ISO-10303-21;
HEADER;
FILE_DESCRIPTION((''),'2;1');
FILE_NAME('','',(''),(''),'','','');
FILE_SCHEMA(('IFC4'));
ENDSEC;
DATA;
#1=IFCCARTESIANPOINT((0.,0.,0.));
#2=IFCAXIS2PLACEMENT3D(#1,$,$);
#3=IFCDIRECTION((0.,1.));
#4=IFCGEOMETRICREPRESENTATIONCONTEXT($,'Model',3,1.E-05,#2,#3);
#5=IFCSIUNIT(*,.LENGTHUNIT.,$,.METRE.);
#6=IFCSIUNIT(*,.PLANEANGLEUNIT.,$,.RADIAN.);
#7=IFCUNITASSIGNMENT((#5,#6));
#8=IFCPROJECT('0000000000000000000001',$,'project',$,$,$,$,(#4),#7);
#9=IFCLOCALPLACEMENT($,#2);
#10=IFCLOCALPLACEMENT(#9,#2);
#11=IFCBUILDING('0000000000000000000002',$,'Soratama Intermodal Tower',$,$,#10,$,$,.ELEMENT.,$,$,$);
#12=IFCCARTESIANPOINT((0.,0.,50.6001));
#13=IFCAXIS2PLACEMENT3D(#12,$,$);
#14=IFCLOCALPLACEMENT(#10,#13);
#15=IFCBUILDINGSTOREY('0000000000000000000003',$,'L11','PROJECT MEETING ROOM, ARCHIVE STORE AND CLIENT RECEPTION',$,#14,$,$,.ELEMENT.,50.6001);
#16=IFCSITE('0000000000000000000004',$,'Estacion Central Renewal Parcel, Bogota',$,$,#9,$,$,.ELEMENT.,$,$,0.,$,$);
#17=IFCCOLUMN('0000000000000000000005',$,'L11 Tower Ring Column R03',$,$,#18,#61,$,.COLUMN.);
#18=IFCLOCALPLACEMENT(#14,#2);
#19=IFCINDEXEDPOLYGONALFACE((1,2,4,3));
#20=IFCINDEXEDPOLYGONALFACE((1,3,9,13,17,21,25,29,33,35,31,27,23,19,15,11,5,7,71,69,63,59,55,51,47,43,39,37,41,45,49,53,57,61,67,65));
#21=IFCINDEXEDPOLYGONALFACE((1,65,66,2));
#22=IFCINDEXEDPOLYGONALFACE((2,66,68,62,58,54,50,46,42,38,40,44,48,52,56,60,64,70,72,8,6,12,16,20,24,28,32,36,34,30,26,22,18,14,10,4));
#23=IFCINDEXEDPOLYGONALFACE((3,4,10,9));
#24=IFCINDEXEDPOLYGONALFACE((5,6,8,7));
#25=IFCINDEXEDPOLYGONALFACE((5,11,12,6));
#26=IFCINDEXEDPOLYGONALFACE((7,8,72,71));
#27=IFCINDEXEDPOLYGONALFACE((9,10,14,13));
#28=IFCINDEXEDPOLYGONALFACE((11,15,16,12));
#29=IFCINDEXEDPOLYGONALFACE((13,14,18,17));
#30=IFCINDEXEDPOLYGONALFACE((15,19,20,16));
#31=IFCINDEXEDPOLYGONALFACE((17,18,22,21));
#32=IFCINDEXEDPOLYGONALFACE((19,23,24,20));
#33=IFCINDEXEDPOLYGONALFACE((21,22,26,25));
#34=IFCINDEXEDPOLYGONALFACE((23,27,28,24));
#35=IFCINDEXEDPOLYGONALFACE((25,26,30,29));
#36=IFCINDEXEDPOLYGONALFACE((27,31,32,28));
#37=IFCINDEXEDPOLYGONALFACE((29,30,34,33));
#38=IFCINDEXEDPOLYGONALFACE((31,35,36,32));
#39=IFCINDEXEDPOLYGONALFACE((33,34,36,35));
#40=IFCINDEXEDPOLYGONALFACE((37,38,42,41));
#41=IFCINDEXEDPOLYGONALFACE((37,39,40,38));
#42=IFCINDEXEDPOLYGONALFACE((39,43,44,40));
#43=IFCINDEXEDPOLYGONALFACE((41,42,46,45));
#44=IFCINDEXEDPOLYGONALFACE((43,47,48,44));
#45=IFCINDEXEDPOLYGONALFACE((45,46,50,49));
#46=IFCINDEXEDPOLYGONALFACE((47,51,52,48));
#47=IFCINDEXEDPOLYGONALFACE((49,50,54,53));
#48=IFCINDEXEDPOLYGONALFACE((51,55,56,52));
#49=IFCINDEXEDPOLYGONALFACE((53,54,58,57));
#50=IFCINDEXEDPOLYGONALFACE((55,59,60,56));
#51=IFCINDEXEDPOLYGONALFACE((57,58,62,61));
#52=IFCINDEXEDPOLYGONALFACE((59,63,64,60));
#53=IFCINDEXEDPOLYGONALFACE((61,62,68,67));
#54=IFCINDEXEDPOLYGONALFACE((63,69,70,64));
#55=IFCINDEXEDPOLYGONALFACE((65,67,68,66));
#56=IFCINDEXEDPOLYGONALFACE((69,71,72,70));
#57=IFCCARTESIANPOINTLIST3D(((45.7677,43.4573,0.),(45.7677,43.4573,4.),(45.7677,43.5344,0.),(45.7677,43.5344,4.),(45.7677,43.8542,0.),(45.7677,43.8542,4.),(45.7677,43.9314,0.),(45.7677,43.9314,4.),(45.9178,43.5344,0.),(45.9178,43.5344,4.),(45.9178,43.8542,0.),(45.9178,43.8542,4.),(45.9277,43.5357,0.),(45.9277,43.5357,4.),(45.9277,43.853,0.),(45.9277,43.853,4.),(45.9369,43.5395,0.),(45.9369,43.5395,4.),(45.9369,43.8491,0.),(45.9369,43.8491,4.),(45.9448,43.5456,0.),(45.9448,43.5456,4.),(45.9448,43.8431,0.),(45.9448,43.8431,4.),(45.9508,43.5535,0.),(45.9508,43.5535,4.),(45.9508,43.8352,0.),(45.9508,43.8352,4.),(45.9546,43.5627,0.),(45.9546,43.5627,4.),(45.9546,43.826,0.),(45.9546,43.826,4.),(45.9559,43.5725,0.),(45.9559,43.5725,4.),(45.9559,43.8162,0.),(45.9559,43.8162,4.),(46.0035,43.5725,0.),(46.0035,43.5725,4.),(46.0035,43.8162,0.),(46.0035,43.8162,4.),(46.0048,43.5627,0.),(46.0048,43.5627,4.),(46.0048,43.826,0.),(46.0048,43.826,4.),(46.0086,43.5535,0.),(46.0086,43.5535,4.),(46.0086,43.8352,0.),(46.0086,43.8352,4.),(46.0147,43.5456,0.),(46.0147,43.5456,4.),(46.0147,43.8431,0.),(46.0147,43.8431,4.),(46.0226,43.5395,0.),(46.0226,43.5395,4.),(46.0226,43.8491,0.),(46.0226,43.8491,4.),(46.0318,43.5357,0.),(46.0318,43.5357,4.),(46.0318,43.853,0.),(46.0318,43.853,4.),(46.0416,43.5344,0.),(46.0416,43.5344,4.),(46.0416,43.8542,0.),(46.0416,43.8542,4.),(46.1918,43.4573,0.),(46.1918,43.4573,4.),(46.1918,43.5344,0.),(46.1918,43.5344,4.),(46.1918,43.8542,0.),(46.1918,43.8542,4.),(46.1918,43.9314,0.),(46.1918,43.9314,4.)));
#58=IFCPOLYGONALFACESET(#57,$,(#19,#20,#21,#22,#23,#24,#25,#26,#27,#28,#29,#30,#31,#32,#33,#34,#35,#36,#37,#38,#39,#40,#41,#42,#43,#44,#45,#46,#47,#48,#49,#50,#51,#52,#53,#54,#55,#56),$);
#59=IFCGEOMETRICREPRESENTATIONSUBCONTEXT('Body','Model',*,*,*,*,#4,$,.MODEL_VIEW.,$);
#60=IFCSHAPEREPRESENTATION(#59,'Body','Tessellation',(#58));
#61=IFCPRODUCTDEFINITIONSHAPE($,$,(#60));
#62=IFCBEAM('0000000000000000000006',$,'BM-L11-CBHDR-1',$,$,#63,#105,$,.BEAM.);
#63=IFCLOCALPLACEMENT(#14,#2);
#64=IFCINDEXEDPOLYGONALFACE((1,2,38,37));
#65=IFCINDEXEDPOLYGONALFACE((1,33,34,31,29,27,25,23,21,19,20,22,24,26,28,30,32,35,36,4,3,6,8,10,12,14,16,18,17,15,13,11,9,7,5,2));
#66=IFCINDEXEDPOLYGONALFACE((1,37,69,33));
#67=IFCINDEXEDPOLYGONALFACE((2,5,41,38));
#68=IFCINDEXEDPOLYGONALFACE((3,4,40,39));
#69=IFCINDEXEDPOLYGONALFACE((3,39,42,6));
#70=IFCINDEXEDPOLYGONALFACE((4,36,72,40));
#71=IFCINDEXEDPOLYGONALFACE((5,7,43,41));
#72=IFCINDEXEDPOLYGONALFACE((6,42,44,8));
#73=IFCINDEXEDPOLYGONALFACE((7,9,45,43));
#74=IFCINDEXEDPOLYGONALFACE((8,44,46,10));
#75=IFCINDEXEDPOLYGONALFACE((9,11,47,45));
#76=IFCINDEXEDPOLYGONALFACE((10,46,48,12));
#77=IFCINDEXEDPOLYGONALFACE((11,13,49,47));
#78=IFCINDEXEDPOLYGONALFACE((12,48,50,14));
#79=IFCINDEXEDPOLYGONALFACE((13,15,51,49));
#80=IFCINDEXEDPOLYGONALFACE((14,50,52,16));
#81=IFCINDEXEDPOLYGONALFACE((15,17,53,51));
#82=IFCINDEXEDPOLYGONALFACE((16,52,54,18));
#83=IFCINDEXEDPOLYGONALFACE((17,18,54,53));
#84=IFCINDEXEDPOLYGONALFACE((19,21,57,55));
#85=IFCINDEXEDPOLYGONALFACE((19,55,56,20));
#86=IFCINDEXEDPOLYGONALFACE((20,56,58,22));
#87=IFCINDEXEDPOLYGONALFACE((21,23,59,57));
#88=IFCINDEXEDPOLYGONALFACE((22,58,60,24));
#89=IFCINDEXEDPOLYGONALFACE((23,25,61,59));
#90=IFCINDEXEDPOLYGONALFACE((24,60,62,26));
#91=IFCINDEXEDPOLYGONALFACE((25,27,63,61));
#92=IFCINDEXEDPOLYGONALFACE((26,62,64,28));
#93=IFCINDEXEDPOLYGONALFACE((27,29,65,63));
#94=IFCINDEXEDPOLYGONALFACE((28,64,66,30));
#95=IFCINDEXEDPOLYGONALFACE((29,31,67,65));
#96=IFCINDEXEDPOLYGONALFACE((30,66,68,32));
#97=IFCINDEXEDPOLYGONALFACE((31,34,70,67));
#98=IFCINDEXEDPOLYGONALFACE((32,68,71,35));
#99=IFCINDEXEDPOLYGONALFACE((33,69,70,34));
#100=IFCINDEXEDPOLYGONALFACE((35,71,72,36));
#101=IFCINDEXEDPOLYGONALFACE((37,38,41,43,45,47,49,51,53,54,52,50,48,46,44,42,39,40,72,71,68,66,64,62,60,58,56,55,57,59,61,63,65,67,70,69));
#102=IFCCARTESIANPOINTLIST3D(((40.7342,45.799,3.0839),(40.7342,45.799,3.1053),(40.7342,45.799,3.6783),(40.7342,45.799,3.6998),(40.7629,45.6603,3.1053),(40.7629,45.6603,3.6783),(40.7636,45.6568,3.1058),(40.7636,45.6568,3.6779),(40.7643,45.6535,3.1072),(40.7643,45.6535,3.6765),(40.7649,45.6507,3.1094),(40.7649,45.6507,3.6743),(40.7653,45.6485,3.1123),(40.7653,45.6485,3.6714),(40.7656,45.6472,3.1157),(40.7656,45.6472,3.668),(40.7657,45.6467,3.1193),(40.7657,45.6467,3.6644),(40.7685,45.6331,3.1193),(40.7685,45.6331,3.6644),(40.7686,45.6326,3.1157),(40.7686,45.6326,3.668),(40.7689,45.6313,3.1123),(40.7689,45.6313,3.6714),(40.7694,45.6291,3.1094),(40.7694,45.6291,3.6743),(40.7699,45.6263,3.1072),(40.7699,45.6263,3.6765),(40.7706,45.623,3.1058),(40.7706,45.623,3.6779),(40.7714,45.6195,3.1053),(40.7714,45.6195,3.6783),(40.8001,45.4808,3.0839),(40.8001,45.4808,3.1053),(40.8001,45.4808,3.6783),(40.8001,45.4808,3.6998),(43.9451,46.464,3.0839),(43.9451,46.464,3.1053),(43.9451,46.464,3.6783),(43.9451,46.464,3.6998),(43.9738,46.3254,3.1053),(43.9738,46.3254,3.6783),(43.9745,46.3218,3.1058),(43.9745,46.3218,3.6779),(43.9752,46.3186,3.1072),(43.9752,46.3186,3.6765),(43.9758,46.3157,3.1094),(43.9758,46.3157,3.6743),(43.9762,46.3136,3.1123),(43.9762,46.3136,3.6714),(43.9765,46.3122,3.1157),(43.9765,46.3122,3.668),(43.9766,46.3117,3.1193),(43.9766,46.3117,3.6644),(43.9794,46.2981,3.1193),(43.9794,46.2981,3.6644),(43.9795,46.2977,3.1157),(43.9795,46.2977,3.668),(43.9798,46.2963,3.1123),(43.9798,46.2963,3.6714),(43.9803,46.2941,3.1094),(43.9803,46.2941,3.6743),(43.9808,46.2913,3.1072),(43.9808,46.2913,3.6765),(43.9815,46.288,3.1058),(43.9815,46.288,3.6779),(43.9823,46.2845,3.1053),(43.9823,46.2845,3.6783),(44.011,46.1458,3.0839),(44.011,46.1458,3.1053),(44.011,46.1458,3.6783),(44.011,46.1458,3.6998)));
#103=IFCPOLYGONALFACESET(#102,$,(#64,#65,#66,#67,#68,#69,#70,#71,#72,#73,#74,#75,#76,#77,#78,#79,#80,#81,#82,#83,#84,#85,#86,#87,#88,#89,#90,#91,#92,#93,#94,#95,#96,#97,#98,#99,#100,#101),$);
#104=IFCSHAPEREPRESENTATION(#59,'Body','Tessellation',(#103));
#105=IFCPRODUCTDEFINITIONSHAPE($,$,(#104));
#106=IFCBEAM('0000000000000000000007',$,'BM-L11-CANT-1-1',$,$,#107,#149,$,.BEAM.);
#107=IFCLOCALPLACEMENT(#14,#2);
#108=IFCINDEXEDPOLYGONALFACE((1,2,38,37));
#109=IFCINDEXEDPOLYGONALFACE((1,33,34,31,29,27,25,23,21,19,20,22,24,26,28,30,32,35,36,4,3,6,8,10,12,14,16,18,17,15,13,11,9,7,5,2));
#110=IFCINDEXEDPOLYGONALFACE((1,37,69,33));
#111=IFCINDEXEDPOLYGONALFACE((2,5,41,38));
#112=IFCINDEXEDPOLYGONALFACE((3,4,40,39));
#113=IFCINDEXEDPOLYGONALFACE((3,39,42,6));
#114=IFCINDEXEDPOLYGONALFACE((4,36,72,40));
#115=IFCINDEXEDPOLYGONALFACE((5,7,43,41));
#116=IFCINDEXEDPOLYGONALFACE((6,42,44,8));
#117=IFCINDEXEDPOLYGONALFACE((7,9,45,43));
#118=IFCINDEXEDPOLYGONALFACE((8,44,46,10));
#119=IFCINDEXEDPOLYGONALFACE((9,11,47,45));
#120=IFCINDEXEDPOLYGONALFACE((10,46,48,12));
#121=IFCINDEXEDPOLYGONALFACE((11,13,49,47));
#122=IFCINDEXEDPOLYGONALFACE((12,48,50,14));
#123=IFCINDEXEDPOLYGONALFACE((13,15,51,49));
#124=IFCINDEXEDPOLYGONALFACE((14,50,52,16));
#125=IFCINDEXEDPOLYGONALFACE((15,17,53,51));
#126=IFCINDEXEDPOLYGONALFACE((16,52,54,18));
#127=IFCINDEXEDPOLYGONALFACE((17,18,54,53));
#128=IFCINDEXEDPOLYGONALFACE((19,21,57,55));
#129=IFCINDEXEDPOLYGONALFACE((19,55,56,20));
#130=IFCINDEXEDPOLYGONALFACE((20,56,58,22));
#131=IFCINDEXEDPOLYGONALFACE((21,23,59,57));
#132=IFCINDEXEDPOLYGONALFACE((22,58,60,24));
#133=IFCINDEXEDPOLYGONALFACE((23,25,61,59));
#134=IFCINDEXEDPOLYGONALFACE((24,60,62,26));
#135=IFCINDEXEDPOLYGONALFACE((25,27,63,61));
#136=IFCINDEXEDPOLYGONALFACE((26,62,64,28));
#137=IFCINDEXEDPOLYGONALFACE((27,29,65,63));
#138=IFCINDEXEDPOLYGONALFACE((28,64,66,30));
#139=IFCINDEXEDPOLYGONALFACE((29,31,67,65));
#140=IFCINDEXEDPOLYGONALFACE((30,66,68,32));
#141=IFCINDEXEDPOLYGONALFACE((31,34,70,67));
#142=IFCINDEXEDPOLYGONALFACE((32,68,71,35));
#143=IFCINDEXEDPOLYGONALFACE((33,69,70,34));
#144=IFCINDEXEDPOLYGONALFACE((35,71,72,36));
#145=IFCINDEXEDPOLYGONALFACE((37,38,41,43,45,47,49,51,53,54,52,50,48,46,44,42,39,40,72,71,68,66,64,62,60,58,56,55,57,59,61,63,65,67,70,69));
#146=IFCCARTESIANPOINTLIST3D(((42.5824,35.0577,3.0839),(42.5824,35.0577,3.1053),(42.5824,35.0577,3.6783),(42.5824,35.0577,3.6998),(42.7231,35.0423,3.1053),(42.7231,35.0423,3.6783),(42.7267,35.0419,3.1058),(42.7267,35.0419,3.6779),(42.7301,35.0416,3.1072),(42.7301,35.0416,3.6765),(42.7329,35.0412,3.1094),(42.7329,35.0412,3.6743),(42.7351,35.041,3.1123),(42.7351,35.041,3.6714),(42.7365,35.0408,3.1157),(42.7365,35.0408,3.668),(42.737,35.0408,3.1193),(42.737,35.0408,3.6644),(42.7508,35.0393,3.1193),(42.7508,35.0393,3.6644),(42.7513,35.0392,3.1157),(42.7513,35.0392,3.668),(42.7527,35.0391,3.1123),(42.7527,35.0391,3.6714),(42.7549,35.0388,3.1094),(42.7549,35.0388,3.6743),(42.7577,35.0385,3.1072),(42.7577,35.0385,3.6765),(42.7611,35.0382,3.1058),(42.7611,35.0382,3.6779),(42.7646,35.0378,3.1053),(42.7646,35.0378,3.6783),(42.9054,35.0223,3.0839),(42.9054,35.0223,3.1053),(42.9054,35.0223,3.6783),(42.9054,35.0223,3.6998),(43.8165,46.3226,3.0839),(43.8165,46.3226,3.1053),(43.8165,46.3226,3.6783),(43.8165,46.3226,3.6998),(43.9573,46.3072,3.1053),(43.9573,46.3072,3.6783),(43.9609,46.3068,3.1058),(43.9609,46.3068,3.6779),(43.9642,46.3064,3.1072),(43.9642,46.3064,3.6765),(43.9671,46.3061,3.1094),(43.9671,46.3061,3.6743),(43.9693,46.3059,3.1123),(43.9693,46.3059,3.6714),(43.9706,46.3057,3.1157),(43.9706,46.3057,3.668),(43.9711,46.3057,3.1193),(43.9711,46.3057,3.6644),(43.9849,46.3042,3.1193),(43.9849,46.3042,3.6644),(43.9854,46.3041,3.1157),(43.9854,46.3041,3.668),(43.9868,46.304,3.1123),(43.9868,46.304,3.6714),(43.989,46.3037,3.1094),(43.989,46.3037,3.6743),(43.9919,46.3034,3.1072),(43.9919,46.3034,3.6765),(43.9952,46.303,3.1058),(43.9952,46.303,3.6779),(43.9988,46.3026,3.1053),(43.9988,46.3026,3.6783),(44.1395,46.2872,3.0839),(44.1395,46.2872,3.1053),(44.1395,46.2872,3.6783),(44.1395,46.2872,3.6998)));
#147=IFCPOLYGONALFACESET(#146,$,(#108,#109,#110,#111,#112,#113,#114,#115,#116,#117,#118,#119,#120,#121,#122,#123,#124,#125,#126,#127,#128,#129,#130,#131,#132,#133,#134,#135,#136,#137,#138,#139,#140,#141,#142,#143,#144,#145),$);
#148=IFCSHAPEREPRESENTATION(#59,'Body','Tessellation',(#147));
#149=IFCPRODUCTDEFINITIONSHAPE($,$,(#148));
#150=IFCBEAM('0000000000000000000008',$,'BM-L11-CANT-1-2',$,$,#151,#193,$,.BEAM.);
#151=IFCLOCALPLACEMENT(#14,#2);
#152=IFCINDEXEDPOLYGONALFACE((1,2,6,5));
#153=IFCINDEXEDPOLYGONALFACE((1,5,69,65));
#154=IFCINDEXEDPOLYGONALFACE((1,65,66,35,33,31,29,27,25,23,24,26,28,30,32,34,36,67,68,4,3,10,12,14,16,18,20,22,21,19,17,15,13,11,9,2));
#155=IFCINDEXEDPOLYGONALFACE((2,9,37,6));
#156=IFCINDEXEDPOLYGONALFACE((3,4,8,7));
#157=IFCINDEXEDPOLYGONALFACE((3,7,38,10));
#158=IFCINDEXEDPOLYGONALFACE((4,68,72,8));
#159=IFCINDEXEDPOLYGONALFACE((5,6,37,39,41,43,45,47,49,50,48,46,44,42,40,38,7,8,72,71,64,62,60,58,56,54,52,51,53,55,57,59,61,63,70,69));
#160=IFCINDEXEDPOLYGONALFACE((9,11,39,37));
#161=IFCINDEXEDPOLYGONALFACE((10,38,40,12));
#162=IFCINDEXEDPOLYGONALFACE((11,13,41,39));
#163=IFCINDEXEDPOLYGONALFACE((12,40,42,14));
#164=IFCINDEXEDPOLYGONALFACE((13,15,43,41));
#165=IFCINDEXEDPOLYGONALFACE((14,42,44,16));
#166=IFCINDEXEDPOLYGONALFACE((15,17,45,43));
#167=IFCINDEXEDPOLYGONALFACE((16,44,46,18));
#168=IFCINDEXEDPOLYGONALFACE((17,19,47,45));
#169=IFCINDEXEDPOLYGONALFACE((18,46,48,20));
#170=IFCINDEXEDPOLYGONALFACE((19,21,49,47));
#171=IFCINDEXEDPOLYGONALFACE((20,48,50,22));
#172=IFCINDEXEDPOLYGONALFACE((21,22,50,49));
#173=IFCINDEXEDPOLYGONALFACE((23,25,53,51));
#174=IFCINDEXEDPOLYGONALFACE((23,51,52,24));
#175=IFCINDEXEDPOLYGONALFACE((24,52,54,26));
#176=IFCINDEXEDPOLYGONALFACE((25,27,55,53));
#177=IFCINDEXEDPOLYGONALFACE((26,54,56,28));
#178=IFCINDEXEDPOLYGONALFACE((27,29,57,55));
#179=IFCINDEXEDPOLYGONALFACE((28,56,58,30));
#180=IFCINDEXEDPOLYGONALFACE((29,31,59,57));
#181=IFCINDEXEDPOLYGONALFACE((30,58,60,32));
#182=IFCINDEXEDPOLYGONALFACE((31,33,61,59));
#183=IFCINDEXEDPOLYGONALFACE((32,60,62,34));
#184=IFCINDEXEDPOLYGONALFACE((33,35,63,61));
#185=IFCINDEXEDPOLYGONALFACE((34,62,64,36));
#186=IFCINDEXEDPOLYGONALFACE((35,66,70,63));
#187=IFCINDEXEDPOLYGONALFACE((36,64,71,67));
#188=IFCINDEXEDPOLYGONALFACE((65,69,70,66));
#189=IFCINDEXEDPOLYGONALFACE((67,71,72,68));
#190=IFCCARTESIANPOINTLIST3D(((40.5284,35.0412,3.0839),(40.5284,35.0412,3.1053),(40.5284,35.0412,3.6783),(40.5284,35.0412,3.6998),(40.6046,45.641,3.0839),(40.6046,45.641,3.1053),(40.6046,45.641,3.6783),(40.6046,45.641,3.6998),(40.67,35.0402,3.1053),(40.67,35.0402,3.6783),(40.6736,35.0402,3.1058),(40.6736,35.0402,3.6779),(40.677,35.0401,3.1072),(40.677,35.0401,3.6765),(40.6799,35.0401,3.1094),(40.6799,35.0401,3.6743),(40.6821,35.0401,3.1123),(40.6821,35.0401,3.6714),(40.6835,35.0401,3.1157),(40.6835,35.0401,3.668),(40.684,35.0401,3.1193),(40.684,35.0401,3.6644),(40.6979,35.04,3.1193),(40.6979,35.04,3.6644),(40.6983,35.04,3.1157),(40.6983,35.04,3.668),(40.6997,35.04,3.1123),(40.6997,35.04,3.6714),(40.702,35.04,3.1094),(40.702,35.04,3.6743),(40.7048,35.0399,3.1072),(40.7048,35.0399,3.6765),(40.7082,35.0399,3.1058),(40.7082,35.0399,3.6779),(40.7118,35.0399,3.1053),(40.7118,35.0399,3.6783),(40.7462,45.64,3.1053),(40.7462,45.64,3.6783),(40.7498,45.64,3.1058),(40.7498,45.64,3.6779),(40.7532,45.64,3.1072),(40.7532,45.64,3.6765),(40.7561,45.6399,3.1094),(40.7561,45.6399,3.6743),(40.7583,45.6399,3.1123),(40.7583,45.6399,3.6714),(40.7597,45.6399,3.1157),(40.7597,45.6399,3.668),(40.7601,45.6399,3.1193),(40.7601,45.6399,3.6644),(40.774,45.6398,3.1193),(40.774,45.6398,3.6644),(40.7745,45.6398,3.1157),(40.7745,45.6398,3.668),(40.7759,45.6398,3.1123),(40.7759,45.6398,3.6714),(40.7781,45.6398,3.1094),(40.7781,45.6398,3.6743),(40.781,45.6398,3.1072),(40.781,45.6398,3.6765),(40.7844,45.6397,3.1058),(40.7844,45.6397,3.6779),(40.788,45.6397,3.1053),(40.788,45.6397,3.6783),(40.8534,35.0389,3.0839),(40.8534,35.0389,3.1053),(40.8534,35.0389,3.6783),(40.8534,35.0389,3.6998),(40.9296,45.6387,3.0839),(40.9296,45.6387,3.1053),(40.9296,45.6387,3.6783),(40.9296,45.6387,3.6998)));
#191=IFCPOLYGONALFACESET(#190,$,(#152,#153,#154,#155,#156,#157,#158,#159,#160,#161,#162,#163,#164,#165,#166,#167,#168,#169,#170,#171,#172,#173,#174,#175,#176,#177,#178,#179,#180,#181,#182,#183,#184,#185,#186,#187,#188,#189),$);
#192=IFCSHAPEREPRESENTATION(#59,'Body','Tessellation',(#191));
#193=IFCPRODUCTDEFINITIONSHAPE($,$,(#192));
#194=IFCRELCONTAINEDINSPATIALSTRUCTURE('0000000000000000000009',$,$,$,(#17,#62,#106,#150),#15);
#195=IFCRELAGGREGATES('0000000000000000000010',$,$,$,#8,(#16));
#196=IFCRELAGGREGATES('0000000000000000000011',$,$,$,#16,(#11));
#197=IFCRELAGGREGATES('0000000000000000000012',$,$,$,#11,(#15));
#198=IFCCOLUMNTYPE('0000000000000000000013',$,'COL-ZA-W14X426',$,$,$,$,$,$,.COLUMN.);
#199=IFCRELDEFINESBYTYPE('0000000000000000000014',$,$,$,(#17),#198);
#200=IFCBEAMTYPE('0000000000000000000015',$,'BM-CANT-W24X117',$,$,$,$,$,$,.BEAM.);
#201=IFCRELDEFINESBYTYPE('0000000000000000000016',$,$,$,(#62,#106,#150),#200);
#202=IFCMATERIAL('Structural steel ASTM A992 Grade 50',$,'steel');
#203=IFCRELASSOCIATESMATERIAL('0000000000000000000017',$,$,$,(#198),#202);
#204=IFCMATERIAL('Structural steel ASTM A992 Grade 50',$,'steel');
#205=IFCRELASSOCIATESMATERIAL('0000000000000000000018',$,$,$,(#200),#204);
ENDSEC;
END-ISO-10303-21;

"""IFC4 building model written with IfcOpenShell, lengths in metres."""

from ifc_helpers import new_model, si_unit, direction, frame, origin, origin_2d, place, context, subcontext, project, spatial, i_section, extrude, material, material_profile, profile_set, type_object, element, save


model = new_model("IFC4")

# Units and contexts
model_context = context("Model", 3, precision=1e-05, world=origin(), true_north=direction((0.0, 1.0)))
body_context = subcontext(model_context, "Body", "Model", "MODEL_VIEW")
ifc_project = project(units=[si_unit("LENGTHUNIT", "METRE"), si_unit("PLANEANGLEUNIT", "RADIAN")], contexts=[model_context])

# Site, building, storey
site_placement = place(None, origin())
site = spatial("IfcSite", under=ifc_project, at=site_placement, Name="Estacion Central Renewal Parcel, Bogota", CompositionType="ELEMENT", RefElevation=0.0)
building_placement = place(site_placement, origin())
building = spatial("IfcBuilding", under=site, at=building_placement, Name="Soratama Intermodal Tower", CompositionType="ELEMENT")
storey_placement = place(building_placement, frame((0.0, 0.0, 50.6001)))
storey = spatial("IfcBuildingStorey", under=building, at=storey_placement, Name="L11", Description="PROJECT MEETING ROOM, ARCHIVE STORE AND CLIENT RECEPTION", CompositionType="ELEMENT", Elevation=50.6001)

# Column
ifc_material_1 = material(Name="Structural steel ASTM A992 Grade 50", Category="steel")
ifc_material_profile_1 = material_profile(ifc_material_1, i_section(OverallWidth=0.4241, OverallDepth=0.4741, WebThickness=0.0476, FlangeThickness=0.0771, FilletRadius=0.0381, at=origin_2d()), Name="W14X426")
ifc_profile_set_1 = profile_set([ifc_material_profile_1], Name="Structural steel ASTM A992 Grade 50")
column_type = type_object("IfcColumnType", Name="COL-ZA-W14X426", PredefinedType="COLUMN", material=ifc_profile_set_1)
column_placement = place(storey_placement, frame((45.9797, 43.6943, 0.0), z_axis=(0.0, 0.0, 1.0), x_axis=(1.0, 0.0, 0.0)))
element("IfcColumn", 1, at=column_placement, inside=storey, type_object=column_type, Name="L11 Tower Ring Column R03", PredefinedType="COLUMN", context=body_context, shape_type="SweptSolid", body=[
    extrude(i_section(OverallWidth=0.4241, OverallDepth=0.4741, WebThickness=0.0476, FlangeThickness=0.0771, FilletRadius=0.0381, at=origin_2d()), origin(), (0.0, 0.0, 1.0), 4.0),
])

# Beams
ifc_material_2 = material(Name="Structural steel ASTM A992 Grade 50", Category="steel")
ifc_material_profile_2 = material_profile(ifc_material_2, i_section(OverallWidth=0.325, OverallDepth=0.616, WebThickness=0.0139, FlangeThickness=0.0215, FilletRadius=0.0139, at=origin_2d()), Name="W24X117")
ifc_profile_set_2 = profile_set([ifc_material_profile_2], Name="Structural steel ASTM A992 Grade 50")
beam_type_1 = type_object("IfcBeamType", Name="BM-CANT-W24X117", PredefinedType="BEAM", material=ifc_profile_set_2)
beam_1_placement = place(storey_placement, frame((43.978, 46.3049, 3.3918), z_axis=(-0.979218, -0.202812, 0.0), x_axis=(0.202812, -0.979218, 0.0)))
element("IfcBeam", 2, at=beam_1_placement, inside=storey, type_object=beam_type_1, Name="BM-L11-CBHDR-1", PredefinedType="BEAM", context=body_context, shape_type="SweptSolid", body=[
    extrude(i_section(OverallWidth=0.325, OverallDepth=0.616, WebThickness=0.0139, FlangeThickness=0.0215, FilletRadius=0.0139, at=origin_2d()), origin(), (0.0, 0.0, 1.0), 3.2791),
])
beam_2_placement = place(storey_placement, frame((42.7439, 35.04, 3.3918), z_axis=(0.108904, 0.994052, 0.0), x_axis=(-0.994052, 0.108904, 0.0)))
element("IfcBeam", 3, at=beam_2_placement, inside=storey, type_object=beam_type_1, Name="BM-L11-CANT-1-1", PredefinedType="BEAM", context=body_context, shape_type="SweptSolid", body=[
    extrude(i_section(OverallWidth=0.325, OverallDepth=0.616, WebThickness=0.0139, FlangeThickness=0.0215, FilletRadius=0.0139, at=origin_2d()), origin(), (0.0, 0.0, 1.0), 11.3323),
])
beam_3_placement = place(storey_placement, frame((40.6909, 35.04, 3.3918), z_axis=(0.007186, 0.999974, 0.0), x_axis=(-0.999974, 0.007186, 0.0)))
element("IfcBeam", 4, at=beam_3_placement, inside=storey, type_object=beam_type_1, Name="BM-L11-CANT-1-2", PredefinedType="BEAM", context=body_context, shape_type="SweptSolid", body=[
    extrude(i_section(OverallWidth=0.325, OverallDepth=0.616, WebThickness=0.0139, FlangeThickness=0.0215, FilletRadius=0.0139, at=origin_2d()), origin(), (0.0, 0.0, 1.0), 10.6001),
])

save(model, "model.ifc")
